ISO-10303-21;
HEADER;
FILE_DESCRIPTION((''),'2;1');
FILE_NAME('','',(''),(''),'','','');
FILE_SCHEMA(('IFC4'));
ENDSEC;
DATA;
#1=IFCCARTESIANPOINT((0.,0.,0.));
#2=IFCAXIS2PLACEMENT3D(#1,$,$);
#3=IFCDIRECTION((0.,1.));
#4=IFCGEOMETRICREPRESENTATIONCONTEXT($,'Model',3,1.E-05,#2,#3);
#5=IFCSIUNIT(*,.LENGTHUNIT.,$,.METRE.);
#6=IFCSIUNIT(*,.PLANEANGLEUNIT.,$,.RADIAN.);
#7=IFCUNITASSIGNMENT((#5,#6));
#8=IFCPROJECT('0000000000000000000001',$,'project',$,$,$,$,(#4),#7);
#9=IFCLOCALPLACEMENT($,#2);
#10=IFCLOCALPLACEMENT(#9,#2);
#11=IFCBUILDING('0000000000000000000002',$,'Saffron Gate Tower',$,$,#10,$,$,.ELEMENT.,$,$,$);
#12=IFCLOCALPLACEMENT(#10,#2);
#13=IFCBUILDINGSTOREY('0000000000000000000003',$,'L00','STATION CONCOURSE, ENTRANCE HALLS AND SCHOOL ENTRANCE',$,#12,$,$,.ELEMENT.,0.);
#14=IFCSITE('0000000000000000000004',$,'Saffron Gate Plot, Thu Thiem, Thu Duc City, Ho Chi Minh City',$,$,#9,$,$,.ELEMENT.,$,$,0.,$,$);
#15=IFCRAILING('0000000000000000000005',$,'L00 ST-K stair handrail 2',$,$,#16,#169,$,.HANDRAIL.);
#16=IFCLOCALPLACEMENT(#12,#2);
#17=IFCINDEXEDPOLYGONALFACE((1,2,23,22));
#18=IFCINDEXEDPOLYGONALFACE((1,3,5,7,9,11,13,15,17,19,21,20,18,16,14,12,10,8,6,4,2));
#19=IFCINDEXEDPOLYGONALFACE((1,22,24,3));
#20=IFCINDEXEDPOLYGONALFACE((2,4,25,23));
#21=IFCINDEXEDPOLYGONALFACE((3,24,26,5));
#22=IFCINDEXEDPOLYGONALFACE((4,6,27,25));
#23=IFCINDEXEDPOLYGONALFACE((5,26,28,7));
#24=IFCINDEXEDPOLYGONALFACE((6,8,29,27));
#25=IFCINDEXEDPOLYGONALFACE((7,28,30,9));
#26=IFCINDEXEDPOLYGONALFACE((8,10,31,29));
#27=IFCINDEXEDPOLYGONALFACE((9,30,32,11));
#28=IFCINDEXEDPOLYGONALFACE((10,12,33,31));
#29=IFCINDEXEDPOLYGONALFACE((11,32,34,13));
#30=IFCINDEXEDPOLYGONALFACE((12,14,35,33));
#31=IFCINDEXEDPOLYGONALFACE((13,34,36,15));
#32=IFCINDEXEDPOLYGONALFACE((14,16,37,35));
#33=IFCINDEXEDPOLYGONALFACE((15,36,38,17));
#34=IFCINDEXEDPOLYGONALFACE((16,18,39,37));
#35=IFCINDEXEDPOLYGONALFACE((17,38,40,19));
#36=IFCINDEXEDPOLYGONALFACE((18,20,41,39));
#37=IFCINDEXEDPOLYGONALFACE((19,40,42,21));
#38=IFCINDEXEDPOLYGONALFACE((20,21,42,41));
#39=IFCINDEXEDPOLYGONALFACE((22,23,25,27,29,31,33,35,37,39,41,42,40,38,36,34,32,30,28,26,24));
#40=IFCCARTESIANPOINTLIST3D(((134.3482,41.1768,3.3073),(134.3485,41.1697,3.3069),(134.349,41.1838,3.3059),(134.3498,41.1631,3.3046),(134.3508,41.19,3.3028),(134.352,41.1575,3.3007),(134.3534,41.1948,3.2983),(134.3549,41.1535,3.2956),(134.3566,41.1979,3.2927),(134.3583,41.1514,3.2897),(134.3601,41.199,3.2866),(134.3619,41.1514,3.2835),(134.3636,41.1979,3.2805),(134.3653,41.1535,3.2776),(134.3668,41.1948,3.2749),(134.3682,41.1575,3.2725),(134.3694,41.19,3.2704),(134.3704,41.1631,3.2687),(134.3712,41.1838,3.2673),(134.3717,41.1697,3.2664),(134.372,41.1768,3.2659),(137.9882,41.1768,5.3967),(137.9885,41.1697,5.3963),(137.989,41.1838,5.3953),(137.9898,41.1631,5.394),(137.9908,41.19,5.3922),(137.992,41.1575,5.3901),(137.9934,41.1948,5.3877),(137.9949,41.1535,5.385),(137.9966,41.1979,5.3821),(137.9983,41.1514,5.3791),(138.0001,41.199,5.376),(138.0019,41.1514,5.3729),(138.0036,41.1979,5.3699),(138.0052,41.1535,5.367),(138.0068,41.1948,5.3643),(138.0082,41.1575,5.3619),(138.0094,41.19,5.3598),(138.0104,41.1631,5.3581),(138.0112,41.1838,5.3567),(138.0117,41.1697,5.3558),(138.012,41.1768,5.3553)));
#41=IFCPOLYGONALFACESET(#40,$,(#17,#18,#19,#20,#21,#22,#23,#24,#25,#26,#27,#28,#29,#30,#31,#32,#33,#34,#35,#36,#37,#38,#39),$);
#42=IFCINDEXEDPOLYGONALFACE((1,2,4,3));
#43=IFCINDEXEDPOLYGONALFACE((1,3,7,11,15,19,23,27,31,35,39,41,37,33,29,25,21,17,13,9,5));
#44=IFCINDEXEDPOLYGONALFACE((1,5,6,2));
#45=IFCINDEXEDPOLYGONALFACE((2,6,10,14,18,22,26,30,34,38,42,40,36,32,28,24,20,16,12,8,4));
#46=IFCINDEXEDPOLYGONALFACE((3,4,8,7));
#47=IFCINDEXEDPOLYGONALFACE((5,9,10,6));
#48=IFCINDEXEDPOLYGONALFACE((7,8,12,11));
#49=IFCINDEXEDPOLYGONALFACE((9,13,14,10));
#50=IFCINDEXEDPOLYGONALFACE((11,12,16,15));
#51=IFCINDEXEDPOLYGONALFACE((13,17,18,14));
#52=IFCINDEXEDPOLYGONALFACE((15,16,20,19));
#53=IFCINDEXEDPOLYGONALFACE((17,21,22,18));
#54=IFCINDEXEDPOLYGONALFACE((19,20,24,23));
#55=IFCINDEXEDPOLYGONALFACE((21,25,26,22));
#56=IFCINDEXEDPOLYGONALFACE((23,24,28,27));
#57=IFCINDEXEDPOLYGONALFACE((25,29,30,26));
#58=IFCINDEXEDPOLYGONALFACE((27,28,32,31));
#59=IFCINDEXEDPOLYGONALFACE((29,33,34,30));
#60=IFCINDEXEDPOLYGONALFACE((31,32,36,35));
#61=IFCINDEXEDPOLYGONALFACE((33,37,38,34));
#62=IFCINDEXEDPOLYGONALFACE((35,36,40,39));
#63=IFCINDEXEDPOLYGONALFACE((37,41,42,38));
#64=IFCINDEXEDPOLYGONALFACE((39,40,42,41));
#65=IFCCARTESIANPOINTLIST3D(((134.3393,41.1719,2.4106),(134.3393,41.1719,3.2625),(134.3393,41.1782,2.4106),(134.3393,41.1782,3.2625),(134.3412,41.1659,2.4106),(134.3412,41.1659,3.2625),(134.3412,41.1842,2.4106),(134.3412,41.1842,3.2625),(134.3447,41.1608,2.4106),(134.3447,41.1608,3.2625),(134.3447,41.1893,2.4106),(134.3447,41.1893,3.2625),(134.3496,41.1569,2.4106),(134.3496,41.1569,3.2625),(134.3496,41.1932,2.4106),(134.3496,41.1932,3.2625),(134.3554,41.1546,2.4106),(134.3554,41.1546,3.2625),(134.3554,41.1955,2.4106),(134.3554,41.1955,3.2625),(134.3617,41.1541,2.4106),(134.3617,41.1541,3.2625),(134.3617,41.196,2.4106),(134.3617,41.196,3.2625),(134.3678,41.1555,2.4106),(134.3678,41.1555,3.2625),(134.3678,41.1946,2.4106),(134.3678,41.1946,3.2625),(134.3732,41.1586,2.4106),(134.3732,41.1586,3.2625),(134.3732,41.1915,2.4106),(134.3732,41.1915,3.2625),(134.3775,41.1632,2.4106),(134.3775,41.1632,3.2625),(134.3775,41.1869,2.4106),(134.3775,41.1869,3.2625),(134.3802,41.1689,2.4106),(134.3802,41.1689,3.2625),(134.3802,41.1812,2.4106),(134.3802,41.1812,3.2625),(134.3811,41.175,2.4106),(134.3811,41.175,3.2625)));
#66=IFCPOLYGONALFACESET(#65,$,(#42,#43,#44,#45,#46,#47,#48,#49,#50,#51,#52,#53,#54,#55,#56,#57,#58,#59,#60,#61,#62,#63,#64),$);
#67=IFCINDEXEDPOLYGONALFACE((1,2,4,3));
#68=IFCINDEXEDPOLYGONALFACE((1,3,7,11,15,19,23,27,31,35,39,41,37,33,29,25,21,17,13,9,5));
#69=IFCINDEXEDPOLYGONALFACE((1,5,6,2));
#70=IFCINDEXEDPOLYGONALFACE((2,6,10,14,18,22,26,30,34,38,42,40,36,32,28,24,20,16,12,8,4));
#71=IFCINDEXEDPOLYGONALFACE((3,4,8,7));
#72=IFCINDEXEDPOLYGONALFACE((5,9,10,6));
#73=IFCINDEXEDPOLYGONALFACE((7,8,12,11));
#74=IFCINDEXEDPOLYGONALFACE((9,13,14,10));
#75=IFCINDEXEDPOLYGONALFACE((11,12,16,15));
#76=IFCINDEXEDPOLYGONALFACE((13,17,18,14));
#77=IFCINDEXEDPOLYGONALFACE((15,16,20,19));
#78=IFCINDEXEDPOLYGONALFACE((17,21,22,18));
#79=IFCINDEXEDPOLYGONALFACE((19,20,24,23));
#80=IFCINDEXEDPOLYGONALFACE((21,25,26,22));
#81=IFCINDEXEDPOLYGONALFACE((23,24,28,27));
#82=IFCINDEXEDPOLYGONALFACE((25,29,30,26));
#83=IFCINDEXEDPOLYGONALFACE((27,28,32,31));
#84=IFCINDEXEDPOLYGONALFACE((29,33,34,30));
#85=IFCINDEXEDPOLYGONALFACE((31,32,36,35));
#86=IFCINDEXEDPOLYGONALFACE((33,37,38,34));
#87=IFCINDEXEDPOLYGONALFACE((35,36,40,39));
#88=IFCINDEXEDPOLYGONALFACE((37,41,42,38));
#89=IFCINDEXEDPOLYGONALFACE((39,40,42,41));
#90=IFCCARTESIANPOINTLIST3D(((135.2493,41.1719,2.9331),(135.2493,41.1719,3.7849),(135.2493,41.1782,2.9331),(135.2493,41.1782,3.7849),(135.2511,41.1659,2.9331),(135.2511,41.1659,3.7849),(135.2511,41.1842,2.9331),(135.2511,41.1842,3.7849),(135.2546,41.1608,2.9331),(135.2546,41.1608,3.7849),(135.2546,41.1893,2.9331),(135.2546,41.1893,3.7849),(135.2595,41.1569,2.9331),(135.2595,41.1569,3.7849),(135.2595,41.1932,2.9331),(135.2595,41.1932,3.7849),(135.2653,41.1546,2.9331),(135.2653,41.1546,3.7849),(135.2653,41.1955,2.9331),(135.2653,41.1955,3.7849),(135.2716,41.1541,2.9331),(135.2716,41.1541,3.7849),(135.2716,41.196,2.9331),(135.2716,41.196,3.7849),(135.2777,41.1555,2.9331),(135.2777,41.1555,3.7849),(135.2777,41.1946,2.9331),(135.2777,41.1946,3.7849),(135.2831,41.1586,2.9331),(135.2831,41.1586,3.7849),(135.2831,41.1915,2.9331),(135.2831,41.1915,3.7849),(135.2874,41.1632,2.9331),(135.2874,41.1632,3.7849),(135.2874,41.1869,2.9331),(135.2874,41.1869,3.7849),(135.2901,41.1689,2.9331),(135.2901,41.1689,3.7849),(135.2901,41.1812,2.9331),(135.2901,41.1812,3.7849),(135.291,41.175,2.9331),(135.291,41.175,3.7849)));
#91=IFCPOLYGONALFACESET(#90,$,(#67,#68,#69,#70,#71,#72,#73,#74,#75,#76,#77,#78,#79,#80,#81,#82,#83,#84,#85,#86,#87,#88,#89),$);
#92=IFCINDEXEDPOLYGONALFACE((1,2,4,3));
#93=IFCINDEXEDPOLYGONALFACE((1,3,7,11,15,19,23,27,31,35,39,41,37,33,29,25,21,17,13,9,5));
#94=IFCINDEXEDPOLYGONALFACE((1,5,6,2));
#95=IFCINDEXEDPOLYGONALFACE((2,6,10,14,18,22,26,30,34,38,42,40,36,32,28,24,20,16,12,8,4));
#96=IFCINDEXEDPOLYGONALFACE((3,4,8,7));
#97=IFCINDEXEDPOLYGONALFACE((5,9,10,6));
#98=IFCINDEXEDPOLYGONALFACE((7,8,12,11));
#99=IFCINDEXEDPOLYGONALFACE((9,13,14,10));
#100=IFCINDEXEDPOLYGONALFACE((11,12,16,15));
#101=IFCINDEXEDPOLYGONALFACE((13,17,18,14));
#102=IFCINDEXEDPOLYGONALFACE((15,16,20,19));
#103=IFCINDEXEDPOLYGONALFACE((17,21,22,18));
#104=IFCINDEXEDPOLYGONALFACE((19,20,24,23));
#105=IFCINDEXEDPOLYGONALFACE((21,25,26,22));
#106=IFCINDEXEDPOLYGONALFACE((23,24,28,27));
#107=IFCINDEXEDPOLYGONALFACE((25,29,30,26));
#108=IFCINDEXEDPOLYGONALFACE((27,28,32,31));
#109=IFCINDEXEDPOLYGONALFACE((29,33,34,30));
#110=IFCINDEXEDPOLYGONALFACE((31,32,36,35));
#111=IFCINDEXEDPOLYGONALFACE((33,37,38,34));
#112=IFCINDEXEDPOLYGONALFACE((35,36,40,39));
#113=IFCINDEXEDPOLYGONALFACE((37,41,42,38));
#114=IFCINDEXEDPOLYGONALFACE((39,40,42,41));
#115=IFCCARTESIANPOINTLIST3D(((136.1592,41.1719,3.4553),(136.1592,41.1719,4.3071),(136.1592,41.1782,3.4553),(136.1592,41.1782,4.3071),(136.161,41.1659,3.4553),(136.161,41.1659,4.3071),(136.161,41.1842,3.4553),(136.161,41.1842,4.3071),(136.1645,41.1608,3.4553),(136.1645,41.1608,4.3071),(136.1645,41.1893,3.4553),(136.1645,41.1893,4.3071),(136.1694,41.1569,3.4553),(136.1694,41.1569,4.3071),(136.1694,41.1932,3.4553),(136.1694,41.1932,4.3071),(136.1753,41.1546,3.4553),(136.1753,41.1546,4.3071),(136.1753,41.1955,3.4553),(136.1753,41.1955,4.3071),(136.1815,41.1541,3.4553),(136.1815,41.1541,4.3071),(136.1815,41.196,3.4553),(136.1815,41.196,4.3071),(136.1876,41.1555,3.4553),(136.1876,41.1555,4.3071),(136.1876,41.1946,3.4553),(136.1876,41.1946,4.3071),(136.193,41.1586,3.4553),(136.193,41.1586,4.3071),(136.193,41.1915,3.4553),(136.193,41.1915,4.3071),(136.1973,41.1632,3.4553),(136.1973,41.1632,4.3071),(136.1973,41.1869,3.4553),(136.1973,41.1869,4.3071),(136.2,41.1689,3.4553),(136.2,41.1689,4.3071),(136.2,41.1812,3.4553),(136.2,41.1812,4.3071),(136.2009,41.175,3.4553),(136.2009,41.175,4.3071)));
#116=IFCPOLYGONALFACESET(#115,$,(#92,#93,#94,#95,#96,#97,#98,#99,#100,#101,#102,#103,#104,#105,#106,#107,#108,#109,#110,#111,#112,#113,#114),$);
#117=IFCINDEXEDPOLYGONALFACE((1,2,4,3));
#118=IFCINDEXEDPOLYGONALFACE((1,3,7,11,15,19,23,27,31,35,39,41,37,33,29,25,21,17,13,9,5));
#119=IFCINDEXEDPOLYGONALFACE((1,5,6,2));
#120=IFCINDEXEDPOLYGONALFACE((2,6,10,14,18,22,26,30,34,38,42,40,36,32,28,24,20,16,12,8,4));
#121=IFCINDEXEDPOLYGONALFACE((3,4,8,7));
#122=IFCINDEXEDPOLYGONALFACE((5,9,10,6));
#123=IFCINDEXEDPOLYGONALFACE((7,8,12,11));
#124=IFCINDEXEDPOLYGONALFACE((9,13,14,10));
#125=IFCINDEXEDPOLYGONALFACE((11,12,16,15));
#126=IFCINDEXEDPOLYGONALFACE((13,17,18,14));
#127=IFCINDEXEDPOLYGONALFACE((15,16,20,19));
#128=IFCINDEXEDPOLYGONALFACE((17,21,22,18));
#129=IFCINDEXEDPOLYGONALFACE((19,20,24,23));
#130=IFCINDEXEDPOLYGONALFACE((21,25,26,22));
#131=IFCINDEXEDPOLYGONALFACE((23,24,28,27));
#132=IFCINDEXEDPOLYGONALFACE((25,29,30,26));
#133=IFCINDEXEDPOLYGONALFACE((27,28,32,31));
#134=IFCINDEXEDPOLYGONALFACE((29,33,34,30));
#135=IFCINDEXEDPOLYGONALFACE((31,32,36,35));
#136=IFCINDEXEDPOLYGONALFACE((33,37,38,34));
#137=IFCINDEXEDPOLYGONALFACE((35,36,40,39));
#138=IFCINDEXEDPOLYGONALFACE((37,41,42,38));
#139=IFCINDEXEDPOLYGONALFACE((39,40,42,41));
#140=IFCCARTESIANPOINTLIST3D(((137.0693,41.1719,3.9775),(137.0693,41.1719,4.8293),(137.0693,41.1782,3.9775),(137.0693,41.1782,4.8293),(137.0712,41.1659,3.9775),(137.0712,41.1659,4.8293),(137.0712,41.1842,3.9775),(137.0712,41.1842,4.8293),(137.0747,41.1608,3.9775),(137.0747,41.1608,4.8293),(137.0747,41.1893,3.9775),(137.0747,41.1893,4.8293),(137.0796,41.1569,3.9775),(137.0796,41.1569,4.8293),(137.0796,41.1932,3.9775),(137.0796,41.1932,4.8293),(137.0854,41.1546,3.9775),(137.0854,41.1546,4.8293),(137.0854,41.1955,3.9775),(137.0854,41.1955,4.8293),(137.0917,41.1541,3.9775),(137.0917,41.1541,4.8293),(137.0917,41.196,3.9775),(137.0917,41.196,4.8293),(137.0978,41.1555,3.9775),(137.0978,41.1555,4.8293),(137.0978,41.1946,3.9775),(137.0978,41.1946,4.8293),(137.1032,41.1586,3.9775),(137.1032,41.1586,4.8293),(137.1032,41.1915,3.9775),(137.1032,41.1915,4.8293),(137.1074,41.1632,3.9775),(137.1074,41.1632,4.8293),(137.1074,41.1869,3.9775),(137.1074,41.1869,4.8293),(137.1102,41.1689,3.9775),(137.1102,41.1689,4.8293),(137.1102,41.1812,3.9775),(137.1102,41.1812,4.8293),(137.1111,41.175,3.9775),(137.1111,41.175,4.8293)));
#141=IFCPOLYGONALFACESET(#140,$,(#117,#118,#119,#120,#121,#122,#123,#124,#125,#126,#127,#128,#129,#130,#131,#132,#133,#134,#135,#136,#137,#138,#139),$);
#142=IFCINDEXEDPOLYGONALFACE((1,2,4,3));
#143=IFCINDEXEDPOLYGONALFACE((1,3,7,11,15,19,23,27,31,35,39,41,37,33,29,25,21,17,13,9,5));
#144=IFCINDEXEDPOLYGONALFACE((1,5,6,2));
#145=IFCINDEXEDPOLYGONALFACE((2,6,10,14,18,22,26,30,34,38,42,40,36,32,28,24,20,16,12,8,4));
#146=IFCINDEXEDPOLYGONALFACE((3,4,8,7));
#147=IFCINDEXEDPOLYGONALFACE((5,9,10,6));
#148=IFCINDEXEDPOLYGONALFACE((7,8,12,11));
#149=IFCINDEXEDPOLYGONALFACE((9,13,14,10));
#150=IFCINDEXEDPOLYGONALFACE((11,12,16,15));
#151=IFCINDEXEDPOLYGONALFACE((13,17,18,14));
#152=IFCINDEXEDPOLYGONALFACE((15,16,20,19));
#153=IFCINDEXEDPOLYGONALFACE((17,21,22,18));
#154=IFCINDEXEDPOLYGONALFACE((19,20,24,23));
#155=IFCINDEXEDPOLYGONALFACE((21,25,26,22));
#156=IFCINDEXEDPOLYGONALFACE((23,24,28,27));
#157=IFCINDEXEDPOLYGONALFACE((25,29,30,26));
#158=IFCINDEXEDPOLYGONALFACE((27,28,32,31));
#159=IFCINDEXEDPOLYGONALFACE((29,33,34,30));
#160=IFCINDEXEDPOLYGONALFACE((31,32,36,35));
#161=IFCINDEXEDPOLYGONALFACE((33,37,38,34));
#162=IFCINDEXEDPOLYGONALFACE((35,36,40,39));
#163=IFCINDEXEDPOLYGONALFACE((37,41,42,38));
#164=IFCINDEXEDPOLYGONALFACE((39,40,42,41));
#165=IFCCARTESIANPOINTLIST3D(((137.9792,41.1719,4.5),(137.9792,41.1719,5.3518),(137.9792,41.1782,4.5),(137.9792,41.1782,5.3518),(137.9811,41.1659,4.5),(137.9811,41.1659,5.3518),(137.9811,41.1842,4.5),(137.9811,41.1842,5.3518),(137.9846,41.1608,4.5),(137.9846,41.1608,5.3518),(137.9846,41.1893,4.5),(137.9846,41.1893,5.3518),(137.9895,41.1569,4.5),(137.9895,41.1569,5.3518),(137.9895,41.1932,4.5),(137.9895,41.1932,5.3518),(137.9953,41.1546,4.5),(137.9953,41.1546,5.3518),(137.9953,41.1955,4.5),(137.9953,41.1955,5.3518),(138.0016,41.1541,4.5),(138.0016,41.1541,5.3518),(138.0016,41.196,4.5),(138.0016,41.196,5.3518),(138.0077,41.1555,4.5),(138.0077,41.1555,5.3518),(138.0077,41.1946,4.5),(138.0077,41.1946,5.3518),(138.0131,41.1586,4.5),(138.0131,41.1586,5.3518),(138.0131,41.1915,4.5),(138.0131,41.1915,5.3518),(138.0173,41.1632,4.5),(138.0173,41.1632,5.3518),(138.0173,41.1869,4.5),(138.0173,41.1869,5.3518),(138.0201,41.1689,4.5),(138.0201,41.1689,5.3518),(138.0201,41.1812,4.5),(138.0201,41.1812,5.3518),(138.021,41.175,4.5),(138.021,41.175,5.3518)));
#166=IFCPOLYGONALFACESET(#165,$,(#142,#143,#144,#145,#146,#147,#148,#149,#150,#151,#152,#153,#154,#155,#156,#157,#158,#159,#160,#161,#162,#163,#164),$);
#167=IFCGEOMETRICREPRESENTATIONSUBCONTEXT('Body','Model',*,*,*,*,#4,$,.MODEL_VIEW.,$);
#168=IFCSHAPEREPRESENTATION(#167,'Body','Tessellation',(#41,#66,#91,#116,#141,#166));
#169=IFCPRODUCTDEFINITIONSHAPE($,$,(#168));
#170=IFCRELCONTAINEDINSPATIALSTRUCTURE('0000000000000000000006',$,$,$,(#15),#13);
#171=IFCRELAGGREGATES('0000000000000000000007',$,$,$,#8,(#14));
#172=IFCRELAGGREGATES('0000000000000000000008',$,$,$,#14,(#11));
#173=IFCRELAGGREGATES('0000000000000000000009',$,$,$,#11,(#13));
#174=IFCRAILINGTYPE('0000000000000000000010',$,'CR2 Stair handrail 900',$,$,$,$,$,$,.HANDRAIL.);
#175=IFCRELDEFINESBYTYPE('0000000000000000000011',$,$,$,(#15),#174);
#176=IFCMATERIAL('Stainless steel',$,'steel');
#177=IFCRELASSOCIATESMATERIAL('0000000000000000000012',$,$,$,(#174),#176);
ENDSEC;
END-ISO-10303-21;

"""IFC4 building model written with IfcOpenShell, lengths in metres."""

from ifc_helpers import new_model, si_unit, direction, frame, origin, origin_2d, place, context, subcontext, project, spatial, circle, extrude, material, type_object, element, save


model = new_model("IFC4")

# Units and contexts
model_context = context("Model", 3, precision=1e-05, world=origin(), true_north=direction((0.0, 1.0)))
body_context = subcontext(model_context, "Body", "Model", "MODEL_VIEW")
ifc_project = project(units=[si_unit("LENGTHUNIT", "METRE"), si_unit("PLANEANGLEUNIT", "RADIAN")], contexts=[model_context])

# Site, building, storey
site_placement = place(None, origin())
site = spatial("IfcSite", under=ifc_project, at=site_placement, Name="Saffron Gate Plot, Thu Thiem, Thu Duc City, Ho Chi Minh City", CompositionType="ELEMENT", RefElevation=0.0)
building_placement = place(site_placement, origin())
building = spatial("IfcBuilding", under=site, at=building_placement, Name="Saffron Gate Tower", CompositionType="ELEMENT")
storey_placement = place(building_placement, origin())
storey = spatial("IfcBuildingStorey", under=building, at=storey_placement, Name="L00", Description="STATION CONCOURSE, ENTRANCE HALLS AND SCHOOL ENTRANCE", CompositionType="ELEMENT", Elevation=0.0)

# Railing
ifc_material_1 = material(Name="Stainless steel", Category="steel")
railing_type_1 = type_object("IfcRailingType", Name="CR2 Stair handrail 900", PredefinedType="HANDRAIL", material=ifc_material_1)
railing_1_placement = place(storey_placement, frame((134.3601, 41.175, 2.4106)))
element("IfcRailing", 1, at=railing_1_placement, inside=storey, type_object=railing_type_1, Name="L00 ST-K stair handrail 2", PredefinedType="HANDRAIL", context=body_context, shape_type="SweptSolid", body=[
    extrude(circle(Radius=0.0239, at=origin_2d()), frame((0.0, 0.0, 0.876), z_axis=(0.867275, 0.0, 0.497829), x_axis=(0.0, 1.0, 0.0)), (0.0, 0.0, 1.0), 4.197),
    extrude(circle(Radius=0.021, at=origin_2d()), origin(), (0.0, 0.0, 1.0), 0.8518),
    extrude(circle(Radius=0.021, at=origin_2d()), frame((0.9099, 0.0, 0.5225)), (0.0, 0.0, 1.0), 0.8518),
    extrude(circle(Radius=0.021, at=origin_2d()), frame((1.8198, 0.0, 1.0447)), (0.0, 0.0, 1.0), 0.8518),
    extrude(circle(Radius=0.021, at=origin_2d()), frame((2.73, 0.0, 1.5669)), (0.0, 0.0, 1.0), 0.8518),
    extrude(circle(Radius=0.021, at=origin_2d()), frame((3.6399, 0.0, 2.0894)), (0.0, 0.0, 1.0), 0.8518),
])

save(model, "model.ifc")
